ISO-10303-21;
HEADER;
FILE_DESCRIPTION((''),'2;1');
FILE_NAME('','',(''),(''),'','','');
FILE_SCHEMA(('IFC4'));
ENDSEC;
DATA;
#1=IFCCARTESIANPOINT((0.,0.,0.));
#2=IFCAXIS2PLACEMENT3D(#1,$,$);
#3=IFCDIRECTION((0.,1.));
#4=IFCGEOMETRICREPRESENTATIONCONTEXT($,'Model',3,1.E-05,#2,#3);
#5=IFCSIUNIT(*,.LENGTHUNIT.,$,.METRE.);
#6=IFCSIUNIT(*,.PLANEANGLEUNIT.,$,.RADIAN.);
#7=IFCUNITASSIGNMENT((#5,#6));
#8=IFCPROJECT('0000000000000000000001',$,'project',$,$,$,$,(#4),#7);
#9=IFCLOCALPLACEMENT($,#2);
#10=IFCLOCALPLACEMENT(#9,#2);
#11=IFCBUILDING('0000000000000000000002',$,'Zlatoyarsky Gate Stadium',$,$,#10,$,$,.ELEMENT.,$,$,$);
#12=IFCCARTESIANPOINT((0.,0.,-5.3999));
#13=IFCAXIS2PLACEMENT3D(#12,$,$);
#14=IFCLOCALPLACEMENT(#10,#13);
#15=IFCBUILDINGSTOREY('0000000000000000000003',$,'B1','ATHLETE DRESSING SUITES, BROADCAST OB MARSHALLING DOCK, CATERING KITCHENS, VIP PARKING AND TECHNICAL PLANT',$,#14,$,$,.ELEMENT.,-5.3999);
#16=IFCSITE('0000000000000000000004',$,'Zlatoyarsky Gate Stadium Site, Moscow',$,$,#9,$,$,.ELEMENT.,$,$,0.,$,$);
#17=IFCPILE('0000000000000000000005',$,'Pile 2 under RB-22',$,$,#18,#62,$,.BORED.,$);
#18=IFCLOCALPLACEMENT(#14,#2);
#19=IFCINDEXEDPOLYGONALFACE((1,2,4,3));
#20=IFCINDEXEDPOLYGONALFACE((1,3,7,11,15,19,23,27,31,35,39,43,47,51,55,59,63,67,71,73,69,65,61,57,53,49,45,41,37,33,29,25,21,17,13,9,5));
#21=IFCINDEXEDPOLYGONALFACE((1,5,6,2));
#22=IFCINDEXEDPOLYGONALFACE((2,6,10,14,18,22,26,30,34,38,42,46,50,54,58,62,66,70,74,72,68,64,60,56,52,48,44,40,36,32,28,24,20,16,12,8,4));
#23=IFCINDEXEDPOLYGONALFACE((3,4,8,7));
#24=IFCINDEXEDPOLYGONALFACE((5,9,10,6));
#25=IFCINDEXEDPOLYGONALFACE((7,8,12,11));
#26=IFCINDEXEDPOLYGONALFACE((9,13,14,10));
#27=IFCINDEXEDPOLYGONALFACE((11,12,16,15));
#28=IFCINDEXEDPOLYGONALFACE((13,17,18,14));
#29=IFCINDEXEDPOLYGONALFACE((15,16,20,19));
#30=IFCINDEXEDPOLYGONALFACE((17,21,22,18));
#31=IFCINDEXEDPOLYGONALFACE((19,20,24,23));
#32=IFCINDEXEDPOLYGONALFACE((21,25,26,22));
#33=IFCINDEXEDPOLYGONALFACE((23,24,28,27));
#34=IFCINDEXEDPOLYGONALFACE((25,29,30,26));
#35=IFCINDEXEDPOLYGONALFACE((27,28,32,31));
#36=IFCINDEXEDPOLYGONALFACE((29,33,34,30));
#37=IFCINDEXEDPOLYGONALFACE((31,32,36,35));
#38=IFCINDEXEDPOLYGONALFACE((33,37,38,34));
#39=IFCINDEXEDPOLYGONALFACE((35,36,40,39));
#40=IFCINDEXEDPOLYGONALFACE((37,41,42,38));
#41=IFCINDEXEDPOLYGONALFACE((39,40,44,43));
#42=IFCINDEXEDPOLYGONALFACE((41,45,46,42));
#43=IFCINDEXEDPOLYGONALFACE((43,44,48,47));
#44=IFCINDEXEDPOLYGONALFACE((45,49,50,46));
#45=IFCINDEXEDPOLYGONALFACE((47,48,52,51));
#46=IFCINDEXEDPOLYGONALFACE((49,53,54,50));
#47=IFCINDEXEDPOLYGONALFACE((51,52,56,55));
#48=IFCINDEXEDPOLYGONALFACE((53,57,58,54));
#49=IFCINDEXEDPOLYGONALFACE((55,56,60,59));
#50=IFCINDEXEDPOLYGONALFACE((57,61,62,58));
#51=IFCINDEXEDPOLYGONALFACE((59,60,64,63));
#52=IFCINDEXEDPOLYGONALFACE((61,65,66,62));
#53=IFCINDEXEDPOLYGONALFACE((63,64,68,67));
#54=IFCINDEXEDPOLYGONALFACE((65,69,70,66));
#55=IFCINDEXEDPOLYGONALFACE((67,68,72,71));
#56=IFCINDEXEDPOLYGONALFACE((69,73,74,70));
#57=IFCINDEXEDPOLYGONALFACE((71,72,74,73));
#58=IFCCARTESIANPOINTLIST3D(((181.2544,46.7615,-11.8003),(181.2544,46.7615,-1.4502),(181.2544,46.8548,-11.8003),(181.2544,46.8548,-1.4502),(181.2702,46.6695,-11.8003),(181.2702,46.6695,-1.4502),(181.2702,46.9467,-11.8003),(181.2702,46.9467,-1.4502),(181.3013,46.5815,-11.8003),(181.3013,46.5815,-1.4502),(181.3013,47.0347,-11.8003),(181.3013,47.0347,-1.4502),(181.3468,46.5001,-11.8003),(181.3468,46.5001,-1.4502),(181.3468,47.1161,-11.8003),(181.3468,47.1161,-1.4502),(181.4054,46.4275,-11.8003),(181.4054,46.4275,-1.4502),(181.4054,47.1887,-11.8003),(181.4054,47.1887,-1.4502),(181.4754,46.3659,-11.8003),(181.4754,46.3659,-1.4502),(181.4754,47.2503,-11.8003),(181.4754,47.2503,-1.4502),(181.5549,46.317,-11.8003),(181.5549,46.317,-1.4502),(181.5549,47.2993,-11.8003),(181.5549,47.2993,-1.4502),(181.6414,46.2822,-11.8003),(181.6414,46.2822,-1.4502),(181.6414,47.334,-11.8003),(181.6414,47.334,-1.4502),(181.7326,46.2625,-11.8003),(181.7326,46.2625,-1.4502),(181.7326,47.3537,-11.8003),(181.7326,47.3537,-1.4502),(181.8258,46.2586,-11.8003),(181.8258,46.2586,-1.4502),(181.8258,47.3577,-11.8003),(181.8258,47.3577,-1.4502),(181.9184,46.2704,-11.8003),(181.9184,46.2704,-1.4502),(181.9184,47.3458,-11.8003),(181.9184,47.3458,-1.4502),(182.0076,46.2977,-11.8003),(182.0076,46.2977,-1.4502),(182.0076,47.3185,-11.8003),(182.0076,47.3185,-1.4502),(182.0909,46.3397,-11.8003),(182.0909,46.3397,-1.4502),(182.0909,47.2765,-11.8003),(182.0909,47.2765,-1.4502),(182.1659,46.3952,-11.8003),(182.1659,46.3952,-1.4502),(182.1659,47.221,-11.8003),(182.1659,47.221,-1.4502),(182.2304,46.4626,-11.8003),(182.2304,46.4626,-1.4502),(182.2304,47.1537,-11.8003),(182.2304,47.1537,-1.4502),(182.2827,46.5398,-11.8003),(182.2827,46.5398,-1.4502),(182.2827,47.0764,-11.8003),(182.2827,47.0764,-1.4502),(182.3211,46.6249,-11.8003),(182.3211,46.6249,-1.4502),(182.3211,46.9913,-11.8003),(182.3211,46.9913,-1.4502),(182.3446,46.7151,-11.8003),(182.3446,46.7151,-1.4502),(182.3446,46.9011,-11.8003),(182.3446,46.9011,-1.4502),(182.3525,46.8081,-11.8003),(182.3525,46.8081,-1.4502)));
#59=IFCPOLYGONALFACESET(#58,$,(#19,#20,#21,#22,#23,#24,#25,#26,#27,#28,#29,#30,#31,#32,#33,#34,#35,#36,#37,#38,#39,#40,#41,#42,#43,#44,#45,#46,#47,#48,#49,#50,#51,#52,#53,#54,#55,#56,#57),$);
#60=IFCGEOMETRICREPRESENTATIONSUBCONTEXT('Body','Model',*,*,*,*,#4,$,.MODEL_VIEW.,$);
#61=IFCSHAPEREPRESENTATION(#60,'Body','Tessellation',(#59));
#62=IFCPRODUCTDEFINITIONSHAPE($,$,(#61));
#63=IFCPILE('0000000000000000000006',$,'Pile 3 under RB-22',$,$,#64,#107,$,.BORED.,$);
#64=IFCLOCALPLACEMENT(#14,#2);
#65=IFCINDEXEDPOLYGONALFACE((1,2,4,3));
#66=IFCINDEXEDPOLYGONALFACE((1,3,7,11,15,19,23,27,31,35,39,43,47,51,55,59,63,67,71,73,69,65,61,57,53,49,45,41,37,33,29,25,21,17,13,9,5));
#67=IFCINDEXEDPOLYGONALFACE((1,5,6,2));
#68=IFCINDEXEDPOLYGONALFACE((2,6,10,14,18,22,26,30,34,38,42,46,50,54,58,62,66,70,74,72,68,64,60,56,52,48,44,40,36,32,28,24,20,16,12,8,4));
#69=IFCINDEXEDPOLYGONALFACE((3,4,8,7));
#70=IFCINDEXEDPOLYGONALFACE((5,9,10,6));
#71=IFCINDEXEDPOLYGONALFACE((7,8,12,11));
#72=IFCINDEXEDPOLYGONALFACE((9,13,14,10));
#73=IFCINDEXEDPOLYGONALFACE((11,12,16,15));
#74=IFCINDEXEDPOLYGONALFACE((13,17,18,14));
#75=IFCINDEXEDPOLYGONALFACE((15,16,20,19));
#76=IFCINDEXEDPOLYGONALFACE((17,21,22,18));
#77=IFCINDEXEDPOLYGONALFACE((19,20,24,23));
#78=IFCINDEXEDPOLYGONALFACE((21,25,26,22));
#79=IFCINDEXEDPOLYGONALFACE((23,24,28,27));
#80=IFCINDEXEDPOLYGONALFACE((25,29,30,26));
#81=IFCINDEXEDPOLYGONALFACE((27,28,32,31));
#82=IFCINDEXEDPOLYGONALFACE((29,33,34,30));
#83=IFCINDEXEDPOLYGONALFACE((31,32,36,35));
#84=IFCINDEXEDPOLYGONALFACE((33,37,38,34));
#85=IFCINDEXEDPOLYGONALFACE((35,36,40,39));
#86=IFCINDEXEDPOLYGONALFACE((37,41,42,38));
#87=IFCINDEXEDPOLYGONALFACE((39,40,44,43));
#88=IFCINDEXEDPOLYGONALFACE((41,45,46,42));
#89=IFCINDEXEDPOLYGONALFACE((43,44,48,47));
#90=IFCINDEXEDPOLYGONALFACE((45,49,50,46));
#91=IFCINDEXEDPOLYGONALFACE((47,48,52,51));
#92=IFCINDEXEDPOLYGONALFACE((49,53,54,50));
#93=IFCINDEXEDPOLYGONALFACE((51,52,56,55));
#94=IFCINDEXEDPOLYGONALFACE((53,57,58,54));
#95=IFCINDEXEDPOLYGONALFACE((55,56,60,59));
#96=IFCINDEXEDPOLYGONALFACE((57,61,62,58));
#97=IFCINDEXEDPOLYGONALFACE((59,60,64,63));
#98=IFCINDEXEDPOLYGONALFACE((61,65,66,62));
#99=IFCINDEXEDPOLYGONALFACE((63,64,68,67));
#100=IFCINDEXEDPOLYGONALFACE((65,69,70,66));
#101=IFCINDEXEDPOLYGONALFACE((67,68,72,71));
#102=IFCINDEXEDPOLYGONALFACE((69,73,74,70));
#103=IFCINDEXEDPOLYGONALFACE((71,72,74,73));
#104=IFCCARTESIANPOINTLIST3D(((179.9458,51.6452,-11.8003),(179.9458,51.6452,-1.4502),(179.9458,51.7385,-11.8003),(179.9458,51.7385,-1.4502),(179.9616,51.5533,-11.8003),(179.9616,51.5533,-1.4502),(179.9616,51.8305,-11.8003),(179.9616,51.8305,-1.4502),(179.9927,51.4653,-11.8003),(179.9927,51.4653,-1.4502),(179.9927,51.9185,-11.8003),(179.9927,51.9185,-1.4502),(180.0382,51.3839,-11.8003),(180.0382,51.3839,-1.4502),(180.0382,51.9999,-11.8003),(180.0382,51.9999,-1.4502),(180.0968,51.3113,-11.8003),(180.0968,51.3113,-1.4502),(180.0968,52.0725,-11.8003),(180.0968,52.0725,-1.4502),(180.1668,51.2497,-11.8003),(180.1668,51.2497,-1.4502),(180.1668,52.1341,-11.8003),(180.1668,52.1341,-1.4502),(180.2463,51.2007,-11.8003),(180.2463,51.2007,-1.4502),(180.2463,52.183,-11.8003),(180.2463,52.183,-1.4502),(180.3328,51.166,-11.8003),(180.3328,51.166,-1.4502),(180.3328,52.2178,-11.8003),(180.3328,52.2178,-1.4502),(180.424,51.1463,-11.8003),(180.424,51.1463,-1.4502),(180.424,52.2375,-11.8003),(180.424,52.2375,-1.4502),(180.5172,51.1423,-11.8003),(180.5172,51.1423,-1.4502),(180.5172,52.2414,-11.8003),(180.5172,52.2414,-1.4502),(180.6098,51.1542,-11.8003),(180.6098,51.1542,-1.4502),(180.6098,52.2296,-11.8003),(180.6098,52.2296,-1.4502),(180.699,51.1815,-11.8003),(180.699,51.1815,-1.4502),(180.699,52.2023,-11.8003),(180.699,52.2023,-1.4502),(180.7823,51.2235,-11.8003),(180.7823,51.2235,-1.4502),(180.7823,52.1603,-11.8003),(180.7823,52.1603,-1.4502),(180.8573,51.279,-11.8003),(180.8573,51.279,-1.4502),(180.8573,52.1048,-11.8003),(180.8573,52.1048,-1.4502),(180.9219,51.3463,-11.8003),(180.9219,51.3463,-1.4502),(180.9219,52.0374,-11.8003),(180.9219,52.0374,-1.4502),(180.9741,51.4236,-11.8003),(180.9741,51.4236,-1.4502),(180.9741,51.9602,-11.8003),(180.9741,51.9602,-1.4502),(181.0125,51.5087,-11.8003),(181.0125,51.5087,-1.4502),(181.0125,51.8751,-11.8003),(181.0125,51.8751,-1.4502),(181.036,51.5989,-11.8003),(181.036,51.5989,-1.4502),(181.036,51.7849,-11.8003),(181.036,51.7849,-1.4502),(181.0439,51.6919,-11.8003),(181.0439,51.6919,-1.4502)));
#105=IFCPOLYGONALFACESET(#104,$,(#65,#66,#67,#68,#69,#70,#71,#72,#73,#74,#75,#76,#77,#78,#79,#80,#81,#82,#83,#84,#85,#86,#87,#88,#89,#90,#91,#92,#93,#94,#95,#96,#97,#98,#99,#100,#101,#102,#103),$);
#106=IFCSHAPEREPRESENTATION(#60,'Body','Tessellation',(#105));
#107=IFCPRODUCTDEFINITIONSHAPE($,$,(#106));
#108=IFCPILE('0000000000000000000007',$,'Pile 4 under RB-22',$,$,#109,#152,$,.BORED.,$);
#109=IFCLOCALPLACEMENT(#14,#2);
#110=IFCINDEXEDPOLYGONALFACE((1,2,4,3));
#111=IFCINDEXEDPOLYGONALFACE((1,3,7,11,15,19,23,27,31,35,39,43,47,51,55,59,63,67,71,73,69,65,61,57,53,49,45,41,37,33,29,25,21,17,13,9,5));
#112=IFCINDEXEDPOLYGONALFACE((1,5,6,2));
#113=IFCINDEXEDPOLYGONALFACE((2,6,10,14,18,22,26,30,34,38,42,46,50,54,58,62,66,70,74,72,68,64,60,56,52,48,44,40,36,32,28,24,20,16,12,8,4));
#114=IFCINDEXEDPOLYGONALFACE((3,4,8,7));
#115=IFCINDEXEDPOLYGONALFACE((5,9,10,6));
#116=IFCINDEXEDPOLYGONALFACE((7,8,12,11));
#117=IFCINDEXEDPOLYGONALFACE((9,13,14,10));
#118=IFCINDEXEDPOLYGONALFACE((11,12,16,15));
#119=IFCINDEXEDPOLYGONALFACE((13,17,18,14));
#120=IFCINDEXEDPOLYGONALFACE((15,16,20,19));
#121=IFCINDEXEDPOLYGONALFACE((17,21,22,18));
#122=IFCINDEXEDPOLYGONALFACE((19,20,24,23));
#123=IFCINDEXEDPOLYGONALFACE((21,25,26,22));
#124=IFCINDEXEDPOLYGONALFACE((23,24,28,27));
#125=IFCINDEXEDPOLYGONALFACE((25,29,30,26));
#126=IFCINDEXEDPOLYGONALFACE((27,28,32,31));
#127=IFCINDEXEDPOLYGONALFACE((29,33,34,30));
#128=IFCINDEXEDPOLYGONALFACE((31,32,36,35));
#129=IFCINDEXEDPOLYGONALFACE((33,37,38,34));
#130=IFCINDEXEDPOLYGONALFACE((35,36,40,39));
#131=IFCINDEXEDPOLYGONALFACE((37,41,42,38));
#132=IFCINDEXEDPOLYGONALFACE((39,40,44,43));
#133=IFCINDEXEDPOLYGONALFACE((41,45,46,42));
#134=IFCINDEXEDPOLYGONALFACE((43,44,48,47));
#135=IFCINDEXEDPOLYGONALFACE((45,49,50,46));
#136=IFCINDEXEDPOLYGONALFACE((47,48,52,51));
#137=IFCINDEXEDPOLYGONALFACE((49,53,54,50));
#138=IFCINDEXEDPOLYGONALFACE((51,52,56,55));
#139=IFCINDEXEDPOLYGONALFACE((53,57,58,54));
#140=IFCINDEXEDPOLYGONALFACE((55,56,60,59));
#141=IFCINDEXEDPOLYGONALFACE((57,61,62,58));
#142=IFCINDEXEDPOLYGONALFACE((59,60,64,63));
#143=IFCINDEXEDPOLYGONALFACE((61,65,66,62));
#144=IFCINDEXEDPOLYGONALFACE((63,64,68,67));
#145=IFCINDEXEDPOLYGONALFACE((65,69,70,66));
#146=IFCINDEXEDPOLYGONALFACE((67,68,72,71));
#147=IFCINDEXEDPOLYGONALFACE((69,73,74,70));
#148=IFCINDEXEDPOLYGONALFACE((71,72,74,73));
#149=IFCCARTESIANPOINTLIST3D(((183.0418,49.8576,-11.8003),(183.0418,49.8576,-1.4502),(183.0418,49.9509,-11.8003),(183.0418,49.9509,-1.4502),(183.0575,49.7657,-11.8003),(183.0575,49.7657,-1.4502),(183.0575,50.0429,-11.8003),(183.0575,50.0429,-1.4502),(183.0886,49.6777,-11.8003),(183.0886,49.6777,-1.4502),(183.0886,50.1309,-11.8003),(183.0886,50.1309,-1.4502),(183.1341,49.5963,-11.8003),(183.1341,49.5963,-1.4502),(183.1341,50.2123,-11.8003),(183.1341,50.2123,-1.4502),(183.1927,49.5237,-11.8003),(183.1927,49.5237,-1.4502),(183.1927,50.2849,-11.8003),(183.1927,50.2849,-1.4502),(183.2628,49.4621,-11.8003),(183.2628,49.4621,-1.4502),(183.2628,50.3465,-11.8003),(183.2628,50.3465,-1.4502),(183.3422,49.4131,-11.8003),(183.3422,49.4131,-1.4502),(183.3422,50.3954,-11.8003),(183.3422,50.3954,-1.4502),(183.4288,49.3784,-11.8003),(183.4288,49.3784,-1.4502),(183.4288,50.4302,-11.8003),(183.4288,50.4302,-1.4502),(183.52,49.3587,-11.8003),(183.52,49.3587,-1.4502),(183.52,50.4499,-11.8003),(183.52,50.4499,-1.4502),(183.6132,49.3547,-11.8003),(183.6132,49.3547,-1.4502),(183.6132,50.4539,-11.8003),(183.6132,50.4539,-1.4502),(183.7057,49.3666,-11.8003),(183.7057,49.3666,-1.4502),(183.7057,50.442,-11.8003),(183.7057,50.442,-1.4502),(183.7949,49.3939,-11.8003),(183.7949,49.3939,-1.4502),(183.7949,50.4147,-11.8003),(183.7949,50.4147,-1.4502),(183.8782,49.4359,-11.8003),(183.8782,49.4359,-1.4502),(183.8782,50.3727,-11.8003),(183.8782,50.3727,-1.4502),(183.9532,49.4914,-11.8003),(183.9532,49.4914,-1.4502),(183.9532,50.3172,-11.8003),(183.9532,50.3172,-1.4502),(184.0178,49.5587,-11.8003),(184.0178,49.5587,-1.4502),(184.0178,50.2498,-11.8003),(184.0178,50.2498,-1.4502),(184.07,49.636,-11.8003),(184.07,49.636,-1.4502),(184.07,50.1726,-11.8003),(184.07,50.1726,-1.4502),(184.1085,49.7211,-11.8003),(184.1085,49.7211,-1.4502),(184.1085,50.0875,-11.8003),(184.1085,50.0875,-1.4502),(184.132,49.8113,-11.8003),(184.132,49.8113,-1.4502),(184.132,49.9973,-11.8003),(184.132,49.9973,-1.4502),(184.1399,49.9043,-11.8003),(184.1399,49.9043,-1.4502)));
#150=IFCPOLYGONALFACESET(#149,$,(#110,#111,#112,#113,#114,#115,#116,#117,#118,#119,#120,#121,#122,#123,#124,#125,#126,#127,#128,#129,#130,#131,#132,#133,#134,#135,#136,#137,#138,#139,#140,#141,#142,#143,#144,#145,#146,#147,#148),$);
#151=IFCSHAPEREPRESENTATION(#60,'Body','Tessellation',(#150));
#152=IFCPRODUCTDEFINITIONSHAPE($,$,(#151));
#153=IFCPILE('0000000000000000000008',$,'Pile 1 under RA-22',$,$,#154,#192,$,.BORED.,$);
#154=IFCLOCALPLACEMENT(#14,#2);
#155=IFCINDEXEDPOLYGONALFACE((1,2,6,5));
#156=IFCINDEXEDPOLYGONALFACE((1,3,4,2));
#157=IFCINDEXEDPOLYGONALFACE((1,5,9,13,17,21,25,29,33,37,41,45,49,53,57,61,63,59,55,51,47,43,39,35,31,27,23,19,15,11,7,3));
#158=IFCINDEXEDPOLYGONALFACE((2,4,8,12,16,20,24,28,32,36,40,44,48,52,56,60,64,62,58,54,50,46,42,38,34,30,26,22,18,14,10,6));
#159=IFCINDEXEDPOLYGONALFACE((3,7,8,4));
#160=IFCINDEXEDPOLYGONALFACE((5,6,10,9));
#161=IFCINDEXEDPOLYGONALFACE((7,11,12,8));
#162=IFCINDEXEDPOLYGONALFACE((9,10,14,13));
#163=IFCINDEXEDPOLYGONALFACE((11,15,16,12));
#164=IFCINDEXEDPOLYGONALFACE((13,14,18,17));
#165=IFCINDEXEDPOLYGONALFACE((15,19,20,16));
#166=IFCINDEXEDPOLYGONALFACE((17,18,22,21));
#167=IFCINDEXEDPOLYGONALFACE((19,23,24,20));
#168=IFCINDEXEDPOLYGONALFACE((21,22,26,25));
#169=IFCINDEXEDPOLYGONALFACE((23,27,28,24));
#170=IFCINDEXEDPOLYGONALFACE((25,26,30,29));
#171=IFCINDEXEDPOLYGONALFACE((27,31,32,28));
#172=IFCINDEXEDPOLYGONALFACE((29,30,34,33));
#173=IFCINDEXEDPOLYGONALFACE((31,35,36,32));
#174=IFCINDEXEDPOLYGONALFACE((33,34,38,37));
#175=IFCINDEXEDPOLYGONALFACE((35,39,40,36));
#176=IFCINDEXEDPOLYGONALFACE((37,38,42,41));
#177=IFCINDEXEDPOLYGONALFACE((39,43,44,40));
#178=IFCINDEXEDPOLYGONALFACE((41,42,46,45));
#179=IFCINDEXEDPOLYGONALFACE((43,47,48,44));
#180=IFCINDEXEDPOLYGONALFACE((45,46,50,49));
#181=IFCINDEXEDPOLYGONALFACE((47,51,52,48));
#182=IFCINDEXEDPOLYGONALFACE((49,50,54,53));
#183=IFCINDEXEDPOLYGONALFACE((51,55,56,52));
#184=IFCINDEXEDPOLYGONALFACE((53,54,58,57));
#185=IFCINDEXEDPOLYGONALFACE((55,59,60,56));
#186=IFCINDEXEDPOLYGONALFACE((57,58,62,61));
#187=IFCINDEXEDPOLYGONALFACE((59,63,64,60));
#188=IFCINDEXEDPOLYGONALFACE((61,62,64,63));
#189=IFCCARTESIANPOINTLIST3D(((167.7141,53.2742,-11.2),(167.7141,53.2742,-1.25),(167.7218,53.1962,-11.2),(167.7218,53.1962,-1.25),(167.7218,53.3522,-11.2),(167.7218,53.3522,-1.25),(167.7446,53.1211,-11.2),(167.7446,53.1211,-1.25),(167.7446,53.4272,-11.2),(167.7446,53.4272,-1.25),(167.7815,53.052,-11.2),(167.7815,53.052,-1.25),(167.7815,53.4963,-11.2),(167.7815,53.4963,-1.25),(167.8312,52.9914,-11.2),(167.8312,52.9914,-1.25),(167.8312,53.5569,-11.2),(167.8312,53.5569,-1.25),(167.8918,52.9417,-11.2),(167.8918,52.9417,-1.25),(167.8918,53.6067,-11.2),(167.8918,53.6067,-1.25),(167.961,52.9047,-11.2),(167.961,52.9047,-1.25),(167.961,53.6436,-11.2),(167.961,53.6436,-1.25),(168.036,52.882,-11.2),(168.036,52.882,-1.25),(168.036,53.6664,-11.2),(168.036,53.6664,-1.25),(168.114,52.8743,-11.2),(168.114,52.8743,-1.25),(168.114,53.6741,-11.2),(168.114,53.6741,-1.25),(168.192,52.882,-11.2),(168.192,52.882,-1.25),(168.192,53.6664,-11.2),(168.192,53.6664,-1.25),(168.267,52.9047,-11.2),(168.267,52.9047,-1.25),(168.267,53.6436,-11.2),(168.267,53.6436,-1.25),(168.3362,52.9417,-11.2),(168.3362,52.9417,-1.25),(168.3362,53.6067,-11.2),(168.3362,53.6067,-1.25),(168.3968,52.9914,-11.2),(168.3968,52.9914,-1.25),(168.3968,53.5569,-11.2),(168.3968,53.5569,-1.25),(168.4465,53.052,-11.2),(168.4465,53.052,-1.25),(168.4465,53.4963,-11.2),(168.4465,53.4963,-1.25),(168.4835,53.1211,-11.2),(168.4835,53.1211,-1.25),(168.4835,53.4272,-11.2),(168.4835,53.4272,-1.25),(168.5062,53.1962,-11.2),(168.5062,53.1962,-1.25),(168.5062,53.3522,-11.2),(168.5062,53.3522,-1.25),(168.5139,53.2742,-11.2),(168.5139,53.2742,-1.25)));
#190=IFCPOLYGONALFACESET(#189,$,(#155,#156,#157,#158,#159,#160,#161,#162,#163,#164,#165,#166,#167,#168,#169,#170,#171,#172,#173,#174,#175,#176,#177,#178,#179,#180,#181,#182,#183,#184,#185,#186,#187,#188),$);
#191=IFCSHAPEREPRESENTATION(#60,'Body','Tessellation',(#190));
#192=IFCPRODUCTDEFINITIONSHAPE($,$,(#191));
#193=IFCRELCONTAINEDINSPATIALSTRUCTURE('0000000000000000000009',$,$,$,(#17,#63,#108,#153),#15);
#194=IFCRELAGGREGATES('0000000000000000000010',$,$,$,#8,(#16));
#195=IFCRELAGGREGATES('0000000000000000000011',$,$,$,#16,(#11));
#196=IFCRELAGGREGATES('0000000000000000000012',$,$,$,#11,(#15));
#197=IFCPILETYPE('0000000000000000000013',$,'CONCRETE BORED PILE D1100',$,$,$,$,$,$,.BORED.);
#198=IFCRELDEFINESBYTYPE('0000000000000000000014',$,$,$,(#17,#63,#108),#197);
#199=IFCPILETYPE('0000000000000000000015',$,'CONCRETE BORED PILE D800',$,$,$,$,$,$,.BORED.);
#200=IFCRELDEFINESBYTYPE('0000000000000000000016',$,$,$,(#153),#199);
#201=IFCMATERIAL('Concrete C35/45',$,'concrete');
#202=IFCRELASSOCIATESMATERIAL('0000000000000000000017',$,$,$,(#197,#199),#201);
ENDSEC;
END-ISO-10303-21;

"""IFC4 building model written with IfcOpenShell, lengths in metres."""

from ifc_helpers import new_model, si_unit, direction, frame, origin, origin_2d, place, context, subcontext, project, spatial, circle, extrude, material, material_profile, profile_set, type_object, element, save


model = new_model("IFC4")

# Units and contexts
model_context = context("Model", 3, precision=1e-05, world=origin(), true_north=direction((0.0, 1.0)))
body_context = subcontext(model_context, "Body", "Model", "MODEL_VIEW")
ifc_project = project(units=[si_unit("LENGTHUNIT", "METRE"), si_unit("PLANEANGLEUNIT", "RADIAN")], contexts=[model_context])

# Site, building, storey
site_placement = place(None, origin())
site = spatial("IfcSite", under=ifc_project, at=site_placement, Name="Zlatoyarsky Gate Stadium Site, Moscow", CompositionType="ELEMENT", RefElevation=0.0)
building_placement = place(site_placement, origin())
building = spatial("IfcBuilding", under=site, at=building_placement, Name="Zlatoyarsky Gate Stadium", CompositionType="ELEMENT")
storey_placement = place(building_placement, frame((0.0, 0.0, -5.3999)))
storey = spatial("IfcBuildingStorey", under=building, at=storey_placement, Name="B1", Description="ATHLETE DRESSING SUITES, BROADCAST OB MARSHALLING DOCK, CATERING KITCHENS, VIP PARKING AND TECHNICAL PLANT", CompositionType="ELEMENT", Elevation=-5.3999)

# Piles
ifc_material_1 = material(Name="Concrete C35/45", Category="concrete")
ifc_material_profile_1 = material_profile(ifc_material_1, circle(Radius=0.55, at=origin_2d()), Name="BORED PILE D1100")
ifc_profile_set_1 = profile_set([ifc_material_profile_1], Name="Concrete C35/45")
pile_type_1 = type_object("IfcPileType", Name="CONCRETE BORED PILE D1100", PredefinedType="BORED", material=ifc_profile_set_1)
for number, where, z_axis, x_axis, name in (
    (1, (181.8025, 46.8081, -1.4502), (0.0, 0.0, -1.0), (1.0, 0.0, 0.0), "Pile 2 under RB-22"),
    (2, (180.4939, 51.6919, -1.4502), (0.0, 0.0, -1.0), (1.0, 0.0, 0.0), "Pile 3 under RB-22"),
    (3, (183.5898, 49.9043, -1.4502), (0.0, 0.0, -1.0), (1.0, 0.0, 0.0), "Pile 4 under RB-22"),
):
    element("IfcPile", number, at=place(storey_placement, frame(where, z_axis=z_axis, x_axis=x_axis)), inside=storey, type_object=pile_type_1, Name=name, PredefinedType="BORED", context=body_context, shape_type="SweptSolid", body=[
        extrude(circle(Radius=0.55, at=origin_2d()), origin(), (0.0, 0.0, 1.0), 10.3501),
    ])
ifc_material_profile_2 = material_profile(ifc_material_1, circle(Radius=0.3999, at=origin_2d()), Name="BORED PILE D800")
ifc_profile_set_2 = profile_set([ifc_material_profile_2], Name="Concrete C35/45")
pile_type_2 = type_object("IfcPileType", Name="CONCRETE BORED PILE D800", PredefinedType="BORED", material=ifc_profile_set_2)
for number, where, z_axis, x_axis, name in (
    (4, (168.114, 53.2742, -1.25), (0.0, 0.0, -1.0), (1.0, 0.0, 0.0), "Pile 1 under RA-22"),
):
    element("IfcPile", number, at=place(storey_placement, frame(where, z_axis=z_axis, x_axis=x_axis)), inside=storey, type_object=pile_type_2, Name=name, PredefinedType="BORED", context=body_context, shape_type="SweptSolid", body=[
        extrude(circle(Radius=0.3999, at=origin_2d()), origin(), (0.0, 0.0, 1.0), 9.95),
    ])

save(model, "model.ifc")
